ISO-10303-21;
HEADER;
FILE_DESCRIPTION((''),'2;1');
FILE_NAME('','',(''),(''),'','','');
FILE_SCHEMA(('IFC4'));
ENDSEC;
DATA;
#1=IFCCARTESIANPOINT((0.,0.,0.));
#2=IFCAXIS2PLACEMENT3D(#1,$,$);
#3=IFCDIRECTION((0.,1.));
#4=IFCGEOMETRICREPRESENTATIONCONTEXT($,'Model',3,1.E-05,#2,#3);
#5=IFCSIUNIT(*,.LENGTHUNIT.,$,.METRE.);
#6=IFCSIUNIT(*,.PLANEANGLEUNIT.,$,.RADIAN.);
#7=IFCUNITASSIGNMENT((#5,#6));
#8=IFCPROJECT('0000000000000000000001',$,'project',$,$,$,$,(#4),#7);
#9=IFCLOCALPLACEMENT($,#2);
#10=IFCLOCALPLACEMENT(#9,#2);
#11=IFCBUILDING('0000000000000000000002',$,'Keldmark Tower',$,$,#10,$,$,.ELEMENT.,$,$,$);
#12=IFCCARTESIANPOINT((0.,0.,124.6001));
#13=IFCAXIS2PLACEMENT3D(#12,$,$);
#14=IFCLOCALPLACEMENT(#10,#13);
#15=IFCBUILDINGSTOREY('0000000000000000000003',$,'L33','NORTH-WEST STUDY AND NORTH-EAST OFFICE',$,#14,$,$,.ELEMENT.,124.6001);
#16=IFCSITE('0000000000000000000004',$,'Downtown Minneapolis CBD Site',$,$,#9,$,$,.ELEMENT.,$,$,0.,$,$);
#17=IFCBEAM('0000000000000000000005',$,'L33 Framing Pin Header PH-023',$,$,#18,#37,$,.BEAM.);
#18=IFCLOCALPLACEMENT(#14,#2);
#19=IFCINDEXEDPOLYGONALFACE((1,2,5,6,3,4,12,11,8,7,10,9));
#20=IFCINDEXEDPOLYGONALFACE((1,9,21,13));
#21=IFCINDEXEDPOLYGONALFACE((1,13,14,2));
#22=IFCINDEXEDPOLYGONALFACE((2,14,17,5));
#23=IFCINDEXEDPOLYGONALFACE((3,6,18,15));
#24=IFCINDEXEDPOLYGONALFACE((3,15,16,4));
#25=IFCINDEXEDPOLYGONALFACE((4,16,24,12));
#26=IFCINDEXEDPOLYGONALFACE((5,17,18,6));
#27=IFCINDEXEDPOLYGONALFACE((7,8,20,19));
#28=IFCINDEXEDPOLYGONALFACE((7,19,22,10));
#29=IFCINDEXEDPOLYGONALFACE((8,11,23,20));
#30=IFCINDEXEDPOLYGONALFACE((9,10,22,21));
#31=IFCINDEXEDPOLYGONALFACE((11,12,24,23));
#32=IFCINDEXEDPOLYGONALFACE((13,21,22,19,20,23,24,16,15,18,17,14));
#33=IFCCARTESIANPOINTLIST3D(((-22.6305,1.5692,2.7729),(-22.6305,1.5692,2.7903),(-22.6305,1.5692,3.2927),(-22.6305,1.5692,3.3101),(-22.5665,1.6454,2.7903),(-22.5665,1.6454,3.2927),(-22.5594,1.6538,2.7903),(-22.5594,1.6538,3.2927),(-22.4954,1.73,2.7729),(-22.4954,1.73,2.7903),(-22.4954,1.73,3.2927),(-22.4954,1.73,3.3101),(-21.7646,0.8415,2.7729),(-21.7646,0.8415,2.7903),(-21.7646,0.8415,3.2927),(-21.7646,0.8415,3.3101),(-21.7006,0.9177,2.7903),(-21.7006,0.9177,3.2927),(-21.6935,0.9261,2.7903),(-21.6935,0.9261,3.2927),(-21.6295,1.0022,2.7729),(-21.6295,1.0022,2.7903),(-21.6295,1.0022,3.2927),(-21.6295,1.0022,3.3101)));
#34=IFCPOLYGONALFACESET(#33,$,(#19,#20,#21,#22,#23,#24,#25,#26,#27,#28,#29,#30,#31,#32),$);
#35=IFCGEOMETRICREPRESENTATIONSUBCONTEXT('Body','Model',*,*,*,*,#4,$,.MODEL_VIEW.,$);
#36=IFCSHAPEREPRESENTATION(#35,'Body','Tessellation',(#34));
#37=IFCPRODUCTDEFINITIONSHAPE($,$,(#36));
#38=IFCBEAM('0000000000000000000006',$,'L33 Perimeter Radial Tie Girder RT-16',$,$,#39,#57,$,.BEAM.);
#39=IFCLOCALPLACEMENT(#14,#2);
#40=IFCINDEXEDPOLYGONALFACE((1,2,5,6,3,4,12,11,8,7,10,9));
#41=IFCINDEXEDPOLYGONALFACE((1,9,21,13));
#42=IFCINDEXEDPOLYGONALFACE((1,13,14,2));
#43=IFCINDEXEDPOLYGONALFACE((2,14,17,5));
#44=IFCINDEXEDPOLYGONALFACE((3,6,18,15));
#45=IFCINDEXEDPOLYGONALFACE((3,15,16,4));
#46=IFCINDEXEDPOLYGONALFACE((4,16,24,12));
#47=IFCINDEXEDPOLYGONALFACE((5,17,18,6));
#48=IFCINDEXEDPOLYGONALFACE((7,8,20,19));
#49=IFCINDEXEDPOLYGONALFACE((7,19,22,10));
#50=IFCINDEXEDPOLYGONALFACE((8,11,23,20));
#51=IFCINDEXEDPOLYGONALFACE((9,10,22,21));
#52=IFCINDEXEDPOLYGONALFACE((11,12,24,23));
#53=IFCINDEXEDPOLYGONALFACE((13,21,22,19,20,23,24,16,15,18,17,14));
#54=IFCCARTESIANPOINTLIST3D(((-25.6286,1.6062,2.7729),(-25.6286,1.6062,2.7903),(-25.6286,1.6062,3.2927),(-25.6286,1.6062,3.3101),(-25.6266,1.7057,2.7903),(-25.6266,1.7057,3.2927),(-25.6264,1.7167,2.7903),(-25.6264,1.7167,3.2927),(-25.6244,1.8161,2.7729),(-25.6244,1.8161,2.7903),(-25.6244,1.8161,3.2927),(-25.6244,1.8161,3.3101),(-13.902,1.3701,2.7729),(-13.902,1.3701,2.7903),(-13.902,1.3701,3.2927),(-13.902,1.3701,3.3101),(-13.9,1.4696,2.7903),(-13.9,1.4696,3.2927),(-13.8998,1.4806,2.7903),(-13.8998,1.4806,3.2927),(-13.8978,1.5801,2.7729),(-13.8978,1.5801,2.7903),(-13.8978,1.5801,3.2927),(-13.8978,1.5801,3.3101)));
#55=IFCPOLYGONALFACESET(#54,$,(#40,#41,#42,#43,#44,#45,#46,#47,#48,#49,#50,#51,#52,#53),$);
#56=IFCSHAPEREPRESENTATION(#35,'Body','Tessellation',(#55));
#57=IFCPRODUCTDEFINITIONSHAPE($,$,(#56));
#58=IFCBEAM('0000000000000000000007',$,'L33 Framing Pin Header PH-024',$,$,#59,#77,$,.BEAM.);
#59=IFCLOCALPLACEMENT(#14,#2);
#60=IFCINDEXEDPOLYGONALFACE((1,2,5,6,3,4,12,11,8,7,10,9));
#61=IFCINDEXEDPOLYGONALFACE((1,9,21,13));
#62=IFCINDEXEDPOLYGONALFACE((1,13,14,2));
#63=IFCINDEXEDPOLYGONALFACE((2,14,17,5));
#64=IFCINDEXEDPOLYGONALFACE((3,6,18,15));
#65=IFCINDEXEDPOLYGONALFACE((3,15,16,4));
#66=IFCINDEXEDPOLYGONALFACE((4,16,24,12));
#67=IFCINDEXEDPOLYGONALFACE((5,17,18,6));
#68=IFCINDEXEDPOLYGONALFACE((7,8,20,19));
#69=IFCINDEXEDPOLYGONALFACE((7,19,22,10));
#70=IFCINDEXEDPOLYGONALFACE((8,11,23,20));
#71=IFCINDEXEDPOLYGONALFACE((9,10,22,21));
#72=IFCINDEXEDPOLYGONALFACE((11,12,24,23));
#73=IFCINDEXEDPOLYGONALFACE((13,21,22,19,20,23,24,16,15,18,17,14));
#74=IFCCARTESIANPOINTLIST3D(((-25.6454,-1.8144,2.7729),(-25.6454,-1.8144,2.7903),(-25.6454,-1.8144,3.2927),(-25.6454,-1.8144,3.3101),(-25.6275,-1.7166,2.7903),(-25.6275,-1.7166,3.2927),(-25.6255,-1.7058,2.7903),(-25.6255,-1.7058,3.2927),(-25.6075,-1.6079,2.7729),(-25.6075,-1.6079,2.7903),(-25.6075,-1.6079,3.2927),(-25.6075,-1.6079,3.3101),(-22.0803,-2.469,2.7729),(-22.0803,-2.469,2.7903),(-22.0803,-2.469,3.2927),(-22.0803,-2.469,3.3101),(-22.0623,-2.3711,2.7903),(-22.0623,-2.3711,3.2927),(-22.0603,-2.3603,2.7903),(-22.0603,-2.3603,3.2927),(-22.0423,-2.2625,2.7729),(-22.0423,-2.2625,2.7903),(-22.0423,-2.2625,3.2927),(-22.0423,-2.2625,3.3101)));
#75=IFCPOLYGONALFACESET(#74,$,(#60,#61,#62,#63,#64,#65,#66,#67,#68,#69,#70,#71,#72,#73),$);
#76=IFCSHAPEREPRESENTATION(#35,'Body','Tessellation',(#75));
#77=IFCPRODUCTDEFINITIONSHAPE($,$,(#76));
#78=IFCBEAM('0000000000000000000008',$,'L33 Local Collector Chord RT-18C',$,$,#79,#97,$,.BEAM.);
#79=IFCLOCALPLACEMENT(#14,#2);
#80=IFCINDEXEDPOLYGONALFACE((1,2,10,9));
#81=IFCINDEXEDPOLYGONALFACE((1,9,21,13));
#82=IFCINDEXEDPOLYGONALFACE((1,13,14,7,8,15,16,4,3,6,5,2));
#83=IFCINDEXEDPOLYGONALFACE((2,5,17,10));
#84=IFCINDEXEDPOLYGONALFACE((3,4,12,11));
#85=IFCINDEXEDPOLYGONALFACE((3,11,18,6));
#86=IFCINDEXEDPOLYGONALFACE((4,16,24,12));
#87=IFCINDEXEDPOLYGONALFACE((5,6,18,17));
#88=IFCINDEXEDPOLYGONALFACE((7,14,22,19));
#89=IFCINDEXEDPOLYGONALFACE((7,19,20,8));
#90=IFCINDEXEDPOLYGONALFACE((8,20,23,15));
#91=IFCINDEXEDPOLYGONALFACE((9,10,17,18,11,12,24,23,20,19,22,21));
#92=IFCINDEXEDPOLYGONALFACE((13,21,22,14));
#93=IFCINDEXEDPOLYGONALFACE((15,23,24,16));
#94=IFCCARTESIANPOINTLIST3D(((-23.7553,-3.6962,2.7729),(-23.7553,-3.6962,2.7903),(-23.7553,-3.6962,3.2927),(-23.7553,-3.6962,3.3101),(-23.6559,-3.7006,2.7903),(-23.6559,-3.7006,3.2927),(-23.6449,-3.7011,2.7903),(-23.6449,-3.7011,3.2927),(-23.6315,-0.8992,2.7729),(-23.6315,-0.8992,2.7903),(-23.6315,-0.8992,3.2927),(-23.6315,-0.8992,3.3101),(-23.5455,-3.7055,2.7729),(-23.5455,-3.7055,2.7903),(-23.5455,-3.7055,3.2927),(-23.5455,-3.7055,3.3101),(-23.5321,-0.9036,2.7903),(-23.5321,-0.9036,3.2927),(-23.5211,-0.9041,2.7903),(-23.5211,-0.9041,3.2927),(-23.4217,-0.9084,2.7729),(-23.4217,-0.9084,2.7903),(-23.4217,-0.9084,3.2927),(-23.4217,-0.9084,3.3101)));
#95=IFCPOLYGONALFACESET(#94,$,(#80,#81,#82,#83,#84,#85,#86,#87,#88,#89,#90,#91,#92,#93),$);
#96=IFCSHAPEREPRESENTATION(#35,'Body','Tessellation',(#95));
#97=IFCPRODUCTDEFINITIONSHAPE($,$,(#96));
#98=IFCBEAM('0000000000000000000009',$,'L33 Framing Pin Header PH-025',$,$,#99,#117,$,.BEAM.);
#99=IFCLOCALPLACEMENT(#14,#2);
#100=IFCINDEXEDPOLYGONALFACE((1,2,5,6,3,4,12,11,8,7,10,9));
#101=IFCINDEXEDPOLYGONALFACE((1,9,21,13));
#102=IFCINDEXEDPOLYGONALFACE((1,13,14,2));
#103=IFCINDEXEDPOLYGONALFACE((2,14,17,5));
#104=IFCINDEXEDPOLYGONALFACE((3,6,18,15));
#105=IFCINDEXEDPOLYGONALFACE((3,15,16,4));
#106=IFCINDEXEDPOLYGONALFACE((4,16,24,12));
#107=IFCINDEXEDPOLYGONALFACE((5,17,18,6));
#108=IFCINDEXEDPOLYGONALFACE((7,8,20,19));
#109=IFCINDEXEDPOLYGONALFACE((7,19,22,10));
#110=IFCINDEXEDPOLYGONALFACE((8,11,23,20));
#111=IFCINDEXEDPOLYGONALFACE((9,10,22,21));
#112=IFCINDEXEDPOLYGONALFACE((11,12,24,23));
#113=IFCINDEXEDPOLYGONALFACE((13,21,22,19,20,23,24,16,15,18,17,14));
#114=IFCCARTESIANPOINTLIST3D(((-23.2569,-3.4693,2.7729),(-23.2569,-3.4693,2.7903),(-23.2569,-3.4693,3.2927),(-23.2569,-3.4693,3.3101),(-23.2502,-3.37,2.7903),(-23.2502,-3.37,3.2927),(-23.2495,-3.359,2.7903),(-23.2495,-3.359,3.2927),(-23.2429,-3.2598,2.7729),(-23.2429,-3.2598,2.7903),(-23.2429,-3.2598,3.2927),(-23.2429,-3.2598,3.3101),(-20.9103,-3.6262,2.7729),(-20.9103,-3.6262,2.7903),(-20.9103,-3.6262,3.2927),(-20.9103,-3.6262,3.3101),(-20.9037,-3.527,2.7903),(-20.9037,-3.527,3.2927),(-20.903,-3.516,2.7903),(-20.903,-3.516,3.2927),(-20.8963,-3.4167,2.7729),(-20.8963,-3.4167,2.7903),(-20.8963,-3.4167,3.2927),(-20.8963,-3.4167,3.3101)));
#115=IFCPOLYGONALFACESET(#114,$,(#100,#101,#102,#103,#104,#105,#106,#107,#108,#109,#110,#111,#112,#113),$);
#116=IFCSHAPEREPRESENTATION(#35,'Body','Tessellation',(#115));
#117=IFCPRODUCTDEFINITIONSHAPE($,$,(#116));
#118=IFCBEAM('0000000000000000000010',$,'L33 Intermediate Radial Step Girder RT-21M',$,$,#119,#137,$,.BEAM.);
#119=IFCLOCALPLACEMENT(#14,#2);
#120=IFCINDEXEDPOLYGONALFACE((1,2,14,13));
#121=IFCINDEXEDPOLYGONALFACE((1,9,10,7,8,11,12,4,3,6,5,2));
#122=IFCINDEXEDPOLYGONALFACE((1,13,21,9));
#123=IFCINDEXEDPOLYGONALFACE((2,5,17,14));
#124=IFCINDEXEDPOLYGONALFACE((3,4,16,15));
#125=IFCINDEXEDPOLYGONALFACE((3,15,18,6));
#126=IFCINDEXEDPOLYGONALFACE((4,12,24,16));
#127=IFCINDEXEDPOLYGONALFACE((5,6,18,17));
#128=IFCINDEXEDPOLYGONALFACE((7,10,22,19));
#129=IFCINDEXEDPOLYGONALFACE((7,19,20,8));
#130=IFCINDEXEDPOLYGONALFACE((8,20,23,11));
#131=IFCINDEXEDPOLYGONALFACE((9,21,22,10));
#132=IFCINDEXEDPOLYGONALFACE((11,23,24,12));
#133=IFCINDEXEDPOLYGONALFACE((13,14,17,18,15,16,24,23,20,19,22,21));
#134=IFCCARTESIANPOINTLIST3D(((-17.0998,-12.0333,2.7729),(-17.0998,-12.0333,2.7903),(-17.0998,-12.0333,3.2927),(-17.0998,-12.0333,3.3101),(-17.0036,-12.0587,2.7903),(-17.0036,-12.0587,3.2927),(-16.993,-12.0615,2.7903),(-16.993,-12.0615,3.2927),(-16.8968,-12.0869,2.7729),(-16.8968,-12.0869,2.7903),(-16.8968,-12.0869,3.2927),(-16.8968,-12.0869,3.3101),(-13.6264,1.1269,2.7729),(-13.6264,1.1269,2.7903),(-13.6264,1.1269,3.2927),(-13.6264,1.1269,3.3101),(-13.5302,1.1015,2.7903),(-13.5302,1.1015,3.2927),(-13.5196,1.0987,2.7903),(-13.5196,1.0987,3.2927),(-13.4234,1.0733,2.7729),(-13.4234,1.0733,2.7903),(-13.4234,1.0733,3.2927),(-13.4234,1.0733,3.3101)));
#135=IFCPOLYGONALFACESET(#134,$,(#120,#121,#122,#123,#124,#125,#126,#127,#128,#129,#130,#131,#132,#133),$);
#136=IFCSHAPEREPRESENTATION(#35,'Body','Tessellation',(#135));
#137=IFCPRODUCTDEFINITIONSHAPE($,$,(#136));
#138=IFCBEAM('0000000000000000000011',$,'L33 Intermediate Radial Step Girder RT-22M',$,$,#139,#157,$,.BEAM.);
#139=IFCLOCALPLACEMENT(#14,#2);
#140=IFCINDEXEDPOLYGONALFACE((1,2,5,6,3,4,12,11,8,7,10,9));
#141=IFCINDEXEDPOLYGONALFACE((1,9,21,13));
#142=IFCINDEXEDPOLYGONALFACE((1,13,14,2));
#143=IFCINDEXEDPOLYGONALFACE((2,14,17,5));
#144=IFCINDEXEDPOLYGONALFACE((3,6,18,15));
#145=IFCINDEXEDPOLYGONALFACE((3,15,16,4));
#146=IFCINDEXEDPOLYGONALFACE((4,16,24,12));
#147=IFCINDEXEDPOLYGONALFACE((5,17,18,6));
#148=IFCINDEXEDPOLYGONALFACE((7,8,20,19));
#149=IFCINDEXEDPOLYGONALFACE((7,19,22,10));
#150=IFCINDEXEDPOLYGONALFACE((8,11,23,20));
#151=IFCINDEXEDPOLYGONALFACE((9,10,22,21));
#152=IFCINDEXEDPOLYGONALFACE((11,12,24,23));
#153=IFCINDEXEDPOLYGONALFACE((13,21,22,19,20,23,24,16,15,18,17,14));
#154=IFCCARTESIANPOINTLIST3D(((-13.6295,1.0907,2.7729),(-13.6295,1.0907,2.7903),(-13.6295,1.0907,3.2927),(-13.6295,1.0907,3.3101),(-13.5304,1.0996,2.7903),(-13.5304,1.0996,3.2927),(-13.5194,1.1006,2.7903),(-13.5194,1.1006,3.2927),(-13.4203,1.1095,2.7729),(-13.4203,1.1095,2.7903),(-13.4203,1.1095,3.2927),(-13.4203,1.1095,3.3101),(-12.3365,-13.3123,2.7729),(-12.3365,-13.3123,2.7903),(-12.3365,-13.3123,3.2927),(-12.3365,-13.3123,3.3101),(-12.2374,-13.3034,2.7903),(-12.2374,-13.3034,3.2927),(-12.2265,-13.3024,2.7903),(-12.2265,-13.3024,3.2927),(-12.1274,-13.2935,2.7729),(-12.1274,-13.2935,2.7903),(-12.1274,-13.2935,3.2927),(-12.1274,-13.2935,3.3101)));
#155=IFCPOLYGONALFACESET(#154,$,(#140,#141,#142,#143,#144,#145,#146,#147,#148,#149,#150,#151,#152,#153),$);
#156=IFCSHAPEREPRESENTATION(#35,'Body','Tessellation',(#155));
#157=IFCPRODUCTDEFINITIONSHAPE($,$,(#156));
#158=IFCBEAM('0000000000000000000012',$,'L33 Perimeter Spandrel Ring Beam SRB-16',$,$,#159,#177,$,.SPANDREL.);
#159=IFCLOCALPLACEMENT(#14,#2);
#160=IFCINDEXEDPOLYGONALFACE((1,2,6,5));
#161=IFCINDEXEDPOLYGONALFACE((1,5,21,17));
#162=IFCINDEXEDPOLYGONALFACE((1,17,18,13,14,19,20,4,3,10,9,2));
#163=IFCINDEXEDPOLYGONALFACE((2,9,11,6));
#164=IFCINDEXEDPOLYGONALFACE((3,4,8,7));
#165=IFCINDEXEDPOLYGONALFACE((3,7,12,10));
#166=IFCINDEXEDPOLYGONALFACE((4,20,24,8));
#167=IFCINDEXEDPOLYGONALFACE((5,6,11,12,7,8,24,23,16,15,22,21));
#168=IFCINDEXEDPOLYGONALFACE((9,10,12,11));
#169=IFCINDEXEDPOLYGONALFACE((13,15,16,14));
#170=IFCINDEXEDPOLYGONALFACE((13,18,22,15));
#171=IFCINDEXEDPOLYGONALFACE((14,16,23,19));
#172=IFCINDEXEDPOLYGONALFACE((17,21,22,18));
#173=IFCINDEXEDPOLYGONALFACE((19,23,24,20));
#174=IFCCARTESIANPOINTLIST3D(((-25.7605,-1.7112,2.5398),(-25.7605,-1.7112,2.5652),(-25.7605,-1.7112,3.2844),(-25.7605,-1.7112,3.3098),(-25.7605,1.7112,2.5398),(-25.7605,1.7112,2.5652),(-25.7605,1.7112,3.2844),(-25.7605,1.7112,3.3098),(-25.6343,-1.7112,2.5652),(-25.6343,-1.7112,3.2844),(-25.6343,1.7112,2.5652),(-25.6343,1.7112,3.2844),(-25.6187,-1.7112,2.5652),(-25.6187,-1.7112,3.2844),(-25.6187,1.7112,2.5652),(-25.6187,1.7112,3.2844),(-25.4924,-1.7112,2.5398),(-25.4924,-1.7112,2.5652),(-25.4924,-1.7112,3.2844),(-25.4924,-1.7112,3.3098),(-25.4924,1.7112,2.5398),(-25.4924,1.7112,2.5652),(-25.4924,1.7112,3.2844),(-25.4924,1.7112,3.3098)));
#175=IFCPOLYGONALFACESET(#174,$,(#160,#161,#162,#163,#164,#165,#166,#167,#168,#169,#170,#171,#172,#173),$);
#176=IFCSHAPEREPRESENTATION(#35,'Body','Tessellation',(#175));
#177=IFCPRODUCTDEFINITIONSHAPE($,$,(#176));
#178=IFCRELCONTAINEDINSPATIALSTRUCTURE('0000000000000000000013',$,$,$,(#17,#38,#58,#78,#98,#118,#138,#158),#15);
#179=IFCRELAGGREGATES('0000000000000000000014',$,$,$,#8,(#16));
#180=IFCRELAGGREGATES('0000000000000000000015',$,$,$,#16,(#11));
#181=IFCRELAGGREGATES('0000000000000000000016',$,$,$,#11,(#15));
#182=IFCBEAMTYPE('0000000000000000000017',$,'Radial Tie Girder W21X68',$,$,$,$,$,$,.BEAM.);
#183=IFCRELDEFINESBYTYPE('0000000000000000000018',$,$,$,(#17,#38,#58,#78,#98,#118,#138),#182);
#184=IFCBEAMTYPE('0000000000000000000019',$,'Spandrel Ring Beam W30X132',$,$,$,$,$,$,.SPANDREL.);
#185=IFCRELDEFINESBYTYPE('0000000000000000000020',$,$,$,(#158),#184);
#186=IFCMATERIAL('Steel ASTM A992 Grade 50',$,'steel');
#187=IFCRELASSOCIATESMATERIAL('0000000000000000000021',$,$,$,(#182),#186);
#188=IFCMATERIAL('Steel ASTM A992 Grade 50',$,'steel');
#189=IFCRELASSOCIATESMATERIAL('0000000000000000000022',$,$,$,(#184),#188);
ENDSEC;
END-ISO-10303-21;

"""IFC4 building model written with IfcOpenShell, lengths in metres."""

from ifc_helpers import new_model, si_unit, direction, frame, origin, origin_2d, place, context, subcontext, project, spatial, i_section, extrude, material, material_profile, profile_set, type_object, element, save


model = new_model("IFC4")

# Units and contexts
model_context = context("Model", 3, precision=1e-05, world=origin(), true_north=direction((0.0, 1.0)))
body_context = subcontext(model_context, "Body", "Model", "MODEL_VIEW")
ifc_project = project(units=[si_unit("LENGTHUNIT", "METRE"), si_unit("PLANEANGLEUNIT", "RADIAN")], contexts=[model_context])

# Site, building, storey
site_placement = place(None, origin())
site = spatial("IfcSite", under=ifc_project, at=site_placement, Name="Downtown Minneapolis CBD Site", CompositionType="ELEMENT", RefElevation=0.0)
building_placement = place(site_placement, origin())
building = spatial("IfcBuilding", under=site, at=building_placement, Name="Keldmark Tower", CompositionType="ELEMENT")
storey_placement = place(building_placement, frame((0.0, 0.0, 124.6001)))
storey = spatial("IfcBuildingStorey", under=building, at=storey_placement, Name="L33", Description="NORTH-WEST STUDY AND NORTH-EAST OFFICE", CompositionType="ELEMENT", Elevation=124.6001)

# Beams
ifc_material_1 = material(Name="Steel ASTM A992 Grade 50", Category="steel")
ifc_material_profile_1 = material_profile(ifc_material_1, i_section(OverallWidth=0.21, OverallDepth=0.5371, WebThickness=0.011, FlangeThickness=0.0173, at=origin_2d()), Name="W21X68")
ifc_profile_set_1 = profile_set([ifc_material_profile_1], Name="Steel ASTM A992 Grade 50")
beam_type_1 = type_object("IfcBeamType", Name="Radial Tie Girder W21X68", PredefinedType="BEAM", material=ifc_profile_set_1)
beam_1_placement = place(storey_placement, frame((-21.697, 0.9219, 3.0415), z_axis=(-0.765543, 0.643384, 0.0), x_axis=(-0.643384, -0.765543, 0.0)))
element("IfcBeam", 1, at=beam_1_placement, inside=storey, type_object=beam_type_1, Name="L33 Framing Pin Header PH-023", PredefinedType="BEAM", context=body_context, shape_type="SweptSolid", body=[
    extrude(i_section(OverallWidth=0.21, OverallDepth=0.5371, WebThickness=0.011, FlangeThickness=0.0173, at=origin_2d()), origin(), (0.0, 0.0, 1.0), 1.1311),
])
beam_2_placement = place(storey_placement, frame((-13.8999, 1.4751, 3.0415), z_axis=(-0.999797, 0.020128, 0.0), x_axis=(-0.020128, -0.999797, 0.0)))
element("IfcBeam", 2, at=beam_2_placement, inside=storey, type_object=beam_type_1, Name="L33 Perimeter Radial Tie Girder RT-16", PredefinedType="BEAM", context=body_context, shape_type="SweptSolid", body=[
    extrude(i_section(OverallWidth=0.21, OverallDepth=0.5371, WebThickness=0.011, FlangeThickness=0.0173, at=origin_2d()), origin(), (0.0, 0.0, 1.0), 11.729),
])
beam_3_placement = place(storey_placement, frame((-25.6265, -1.7112, 3.0415), z_axis=(0.983561, -0.180574, 0.0), x_axis=(0.180574, 0.983561, 0.0)))
element("IfcBeam", 3, at=beam_3_placement, inside=storey, type_object=beam_type_1, Name="L33 Framing Pin Header PH-024", PredefinedType="BEAM", context=body_context, shape_type="SweptSolid", body=[
    extrude(i_section(OverallWidth=0.21, OverallDepth=0.5371, WebThickness=0.011, FlangeThickness=0.0173, at=origin_2d()), origin(), (0.0, 0.0, 1.0), 3.6248),
])
beam_4_placement = place(storey_placement, frame((-23.5266, -0.9038, 3.0415), z_axis=(-0.044209, -0.999022, 0.0), x_axis=(0.999022, -0.044209, 0.0)))
element("IfcBeam", 4, at=beam_4_placement, inside=storey, type_object=beam_type_1, Name="L33 Local Collector Chord RT-18C", PredefinedType="BEAM", context=body_context, shape_type="SweptSolid", body=[
    extrude(i_section(OverallWidth=0.21, OverallDepth=0.5371, WebThickness=0.011, FlangeThickness=0.0173, at=origin_2d()), origin(), (0.0, 0.0, 1.0), 2.7998),
])
beam_5_placement = place(storey_placement, frame((-20.9033, -3.5215, 3.0415), z_axis=(-0.99777, 0.066746, 0.0), x_axis=(-0.066746, -0.99777, 0.0)))
element("IfcBeam", 5, at=beam_5_placement, inside=storey, type_object=beam_type_1, Name="L33 Framing Pin Header PH-025", PredefinedType="BEAM", context=body_context, shape_type="SweptSolid", body=[
    extrude(i_section(OverallWidth=0.21, OverallDepth=0.5371, WebThickness=0.011, FlangeThickness=0.0173, at=origin_2d()), origin(), (0.0, 0.0, 1.0), 2.3518),
])
beam_6_placement = place(storey_placement, frame((-13.5249, 1.1001, 3.0415), z_axis=(-0.255193, -0.96689, 0.0), x_axis=(0.96689, -0.255193, 0.0)))
element("IfcBeam", 6, at=beam_6_placement, inside=storey, type_object=beam_type_1, Name="L33 Intermediate Radial Step Girder RT-21M", PredefinedType="BEAM", context=body_context, shape_type="SweptSolid", body=[
    extrude(i_section(OverallWidth=0.21, OverallDepth=0.5371, WebThickness=0.011, FlangeThickness=0.0173, at=origin_2d()), origin(), (0.0, 0.0, 1.0), 13.6108),
])
beam_7_placement = place(storey_placement, frame((-13.5249, 1.1001, 3.0415), z_axis=(0.089411, -0.995995, 0.0), x_axis=(0.995995, 0.089411, 0.0)))
element("IfcBeam", 7, at=beam_7_placement, inside=storey, type_object=beam_type_1, Name="L33 Intermediate Radial Step Girder RT-22M", PredefinedType="BEAM", context=body_context, shape_type="SweptSolid", body=[
    extrude(i_section(OverallWidth=0.21, OverallDepth=0.5371, WebThickness=0.011, FlangeThickness=0.0173, at=origin_2d()), origin(), (0.0, 0.0, 1.0), 14.4609),
])
ifc_material_2 = material(Name="Steel ASTM A992 Grade 50", Category="steel")
ifc_material_profile_2 = material_profile(ifc_material_2, i_section(OverallWidth=0.2681, OverallDepth=0.77, WebThickness=0.0156, FlangeThickness=0.0254, at=origin_2d()), Name="W30X132")
ifc_profile_set_2 = profile_set([ifc_material_profile_2], Name="Steel ASTM A992 Grade 50")
beam_type_2 = type_object("IfcBeamType", Name="Spandrel Ring Beam W30X132", PredefinedType="SPANDREL", material=ifc_profile_set_2)
beam_8_placement = place(storey_placement, frame((-25.6265, 1.7112, 2.9248), z_axis=(0.0, -1.0, 0.0), x_axis=(1.0, 0.0, 0.0)))
element("IfcBeam", 8, at=beam_8_placement, inside=storey, type_object=beam_type_2, Name="L33 Perimeter Spandrel Ring Beam SRB-16", PredefinedType="SPANDREL", context=body_context, shape_type="SweptSolid", body=[
    extrude(i_section(OverallWidth=0.2681, OverallDepth=0.77, WebThickness=0.0156, FlangeThickness=0.0254, at=origin_2d()), origin(), (0.0, 0.0, 1.0), 3.4224),
])

save(model, "model.ifc")
